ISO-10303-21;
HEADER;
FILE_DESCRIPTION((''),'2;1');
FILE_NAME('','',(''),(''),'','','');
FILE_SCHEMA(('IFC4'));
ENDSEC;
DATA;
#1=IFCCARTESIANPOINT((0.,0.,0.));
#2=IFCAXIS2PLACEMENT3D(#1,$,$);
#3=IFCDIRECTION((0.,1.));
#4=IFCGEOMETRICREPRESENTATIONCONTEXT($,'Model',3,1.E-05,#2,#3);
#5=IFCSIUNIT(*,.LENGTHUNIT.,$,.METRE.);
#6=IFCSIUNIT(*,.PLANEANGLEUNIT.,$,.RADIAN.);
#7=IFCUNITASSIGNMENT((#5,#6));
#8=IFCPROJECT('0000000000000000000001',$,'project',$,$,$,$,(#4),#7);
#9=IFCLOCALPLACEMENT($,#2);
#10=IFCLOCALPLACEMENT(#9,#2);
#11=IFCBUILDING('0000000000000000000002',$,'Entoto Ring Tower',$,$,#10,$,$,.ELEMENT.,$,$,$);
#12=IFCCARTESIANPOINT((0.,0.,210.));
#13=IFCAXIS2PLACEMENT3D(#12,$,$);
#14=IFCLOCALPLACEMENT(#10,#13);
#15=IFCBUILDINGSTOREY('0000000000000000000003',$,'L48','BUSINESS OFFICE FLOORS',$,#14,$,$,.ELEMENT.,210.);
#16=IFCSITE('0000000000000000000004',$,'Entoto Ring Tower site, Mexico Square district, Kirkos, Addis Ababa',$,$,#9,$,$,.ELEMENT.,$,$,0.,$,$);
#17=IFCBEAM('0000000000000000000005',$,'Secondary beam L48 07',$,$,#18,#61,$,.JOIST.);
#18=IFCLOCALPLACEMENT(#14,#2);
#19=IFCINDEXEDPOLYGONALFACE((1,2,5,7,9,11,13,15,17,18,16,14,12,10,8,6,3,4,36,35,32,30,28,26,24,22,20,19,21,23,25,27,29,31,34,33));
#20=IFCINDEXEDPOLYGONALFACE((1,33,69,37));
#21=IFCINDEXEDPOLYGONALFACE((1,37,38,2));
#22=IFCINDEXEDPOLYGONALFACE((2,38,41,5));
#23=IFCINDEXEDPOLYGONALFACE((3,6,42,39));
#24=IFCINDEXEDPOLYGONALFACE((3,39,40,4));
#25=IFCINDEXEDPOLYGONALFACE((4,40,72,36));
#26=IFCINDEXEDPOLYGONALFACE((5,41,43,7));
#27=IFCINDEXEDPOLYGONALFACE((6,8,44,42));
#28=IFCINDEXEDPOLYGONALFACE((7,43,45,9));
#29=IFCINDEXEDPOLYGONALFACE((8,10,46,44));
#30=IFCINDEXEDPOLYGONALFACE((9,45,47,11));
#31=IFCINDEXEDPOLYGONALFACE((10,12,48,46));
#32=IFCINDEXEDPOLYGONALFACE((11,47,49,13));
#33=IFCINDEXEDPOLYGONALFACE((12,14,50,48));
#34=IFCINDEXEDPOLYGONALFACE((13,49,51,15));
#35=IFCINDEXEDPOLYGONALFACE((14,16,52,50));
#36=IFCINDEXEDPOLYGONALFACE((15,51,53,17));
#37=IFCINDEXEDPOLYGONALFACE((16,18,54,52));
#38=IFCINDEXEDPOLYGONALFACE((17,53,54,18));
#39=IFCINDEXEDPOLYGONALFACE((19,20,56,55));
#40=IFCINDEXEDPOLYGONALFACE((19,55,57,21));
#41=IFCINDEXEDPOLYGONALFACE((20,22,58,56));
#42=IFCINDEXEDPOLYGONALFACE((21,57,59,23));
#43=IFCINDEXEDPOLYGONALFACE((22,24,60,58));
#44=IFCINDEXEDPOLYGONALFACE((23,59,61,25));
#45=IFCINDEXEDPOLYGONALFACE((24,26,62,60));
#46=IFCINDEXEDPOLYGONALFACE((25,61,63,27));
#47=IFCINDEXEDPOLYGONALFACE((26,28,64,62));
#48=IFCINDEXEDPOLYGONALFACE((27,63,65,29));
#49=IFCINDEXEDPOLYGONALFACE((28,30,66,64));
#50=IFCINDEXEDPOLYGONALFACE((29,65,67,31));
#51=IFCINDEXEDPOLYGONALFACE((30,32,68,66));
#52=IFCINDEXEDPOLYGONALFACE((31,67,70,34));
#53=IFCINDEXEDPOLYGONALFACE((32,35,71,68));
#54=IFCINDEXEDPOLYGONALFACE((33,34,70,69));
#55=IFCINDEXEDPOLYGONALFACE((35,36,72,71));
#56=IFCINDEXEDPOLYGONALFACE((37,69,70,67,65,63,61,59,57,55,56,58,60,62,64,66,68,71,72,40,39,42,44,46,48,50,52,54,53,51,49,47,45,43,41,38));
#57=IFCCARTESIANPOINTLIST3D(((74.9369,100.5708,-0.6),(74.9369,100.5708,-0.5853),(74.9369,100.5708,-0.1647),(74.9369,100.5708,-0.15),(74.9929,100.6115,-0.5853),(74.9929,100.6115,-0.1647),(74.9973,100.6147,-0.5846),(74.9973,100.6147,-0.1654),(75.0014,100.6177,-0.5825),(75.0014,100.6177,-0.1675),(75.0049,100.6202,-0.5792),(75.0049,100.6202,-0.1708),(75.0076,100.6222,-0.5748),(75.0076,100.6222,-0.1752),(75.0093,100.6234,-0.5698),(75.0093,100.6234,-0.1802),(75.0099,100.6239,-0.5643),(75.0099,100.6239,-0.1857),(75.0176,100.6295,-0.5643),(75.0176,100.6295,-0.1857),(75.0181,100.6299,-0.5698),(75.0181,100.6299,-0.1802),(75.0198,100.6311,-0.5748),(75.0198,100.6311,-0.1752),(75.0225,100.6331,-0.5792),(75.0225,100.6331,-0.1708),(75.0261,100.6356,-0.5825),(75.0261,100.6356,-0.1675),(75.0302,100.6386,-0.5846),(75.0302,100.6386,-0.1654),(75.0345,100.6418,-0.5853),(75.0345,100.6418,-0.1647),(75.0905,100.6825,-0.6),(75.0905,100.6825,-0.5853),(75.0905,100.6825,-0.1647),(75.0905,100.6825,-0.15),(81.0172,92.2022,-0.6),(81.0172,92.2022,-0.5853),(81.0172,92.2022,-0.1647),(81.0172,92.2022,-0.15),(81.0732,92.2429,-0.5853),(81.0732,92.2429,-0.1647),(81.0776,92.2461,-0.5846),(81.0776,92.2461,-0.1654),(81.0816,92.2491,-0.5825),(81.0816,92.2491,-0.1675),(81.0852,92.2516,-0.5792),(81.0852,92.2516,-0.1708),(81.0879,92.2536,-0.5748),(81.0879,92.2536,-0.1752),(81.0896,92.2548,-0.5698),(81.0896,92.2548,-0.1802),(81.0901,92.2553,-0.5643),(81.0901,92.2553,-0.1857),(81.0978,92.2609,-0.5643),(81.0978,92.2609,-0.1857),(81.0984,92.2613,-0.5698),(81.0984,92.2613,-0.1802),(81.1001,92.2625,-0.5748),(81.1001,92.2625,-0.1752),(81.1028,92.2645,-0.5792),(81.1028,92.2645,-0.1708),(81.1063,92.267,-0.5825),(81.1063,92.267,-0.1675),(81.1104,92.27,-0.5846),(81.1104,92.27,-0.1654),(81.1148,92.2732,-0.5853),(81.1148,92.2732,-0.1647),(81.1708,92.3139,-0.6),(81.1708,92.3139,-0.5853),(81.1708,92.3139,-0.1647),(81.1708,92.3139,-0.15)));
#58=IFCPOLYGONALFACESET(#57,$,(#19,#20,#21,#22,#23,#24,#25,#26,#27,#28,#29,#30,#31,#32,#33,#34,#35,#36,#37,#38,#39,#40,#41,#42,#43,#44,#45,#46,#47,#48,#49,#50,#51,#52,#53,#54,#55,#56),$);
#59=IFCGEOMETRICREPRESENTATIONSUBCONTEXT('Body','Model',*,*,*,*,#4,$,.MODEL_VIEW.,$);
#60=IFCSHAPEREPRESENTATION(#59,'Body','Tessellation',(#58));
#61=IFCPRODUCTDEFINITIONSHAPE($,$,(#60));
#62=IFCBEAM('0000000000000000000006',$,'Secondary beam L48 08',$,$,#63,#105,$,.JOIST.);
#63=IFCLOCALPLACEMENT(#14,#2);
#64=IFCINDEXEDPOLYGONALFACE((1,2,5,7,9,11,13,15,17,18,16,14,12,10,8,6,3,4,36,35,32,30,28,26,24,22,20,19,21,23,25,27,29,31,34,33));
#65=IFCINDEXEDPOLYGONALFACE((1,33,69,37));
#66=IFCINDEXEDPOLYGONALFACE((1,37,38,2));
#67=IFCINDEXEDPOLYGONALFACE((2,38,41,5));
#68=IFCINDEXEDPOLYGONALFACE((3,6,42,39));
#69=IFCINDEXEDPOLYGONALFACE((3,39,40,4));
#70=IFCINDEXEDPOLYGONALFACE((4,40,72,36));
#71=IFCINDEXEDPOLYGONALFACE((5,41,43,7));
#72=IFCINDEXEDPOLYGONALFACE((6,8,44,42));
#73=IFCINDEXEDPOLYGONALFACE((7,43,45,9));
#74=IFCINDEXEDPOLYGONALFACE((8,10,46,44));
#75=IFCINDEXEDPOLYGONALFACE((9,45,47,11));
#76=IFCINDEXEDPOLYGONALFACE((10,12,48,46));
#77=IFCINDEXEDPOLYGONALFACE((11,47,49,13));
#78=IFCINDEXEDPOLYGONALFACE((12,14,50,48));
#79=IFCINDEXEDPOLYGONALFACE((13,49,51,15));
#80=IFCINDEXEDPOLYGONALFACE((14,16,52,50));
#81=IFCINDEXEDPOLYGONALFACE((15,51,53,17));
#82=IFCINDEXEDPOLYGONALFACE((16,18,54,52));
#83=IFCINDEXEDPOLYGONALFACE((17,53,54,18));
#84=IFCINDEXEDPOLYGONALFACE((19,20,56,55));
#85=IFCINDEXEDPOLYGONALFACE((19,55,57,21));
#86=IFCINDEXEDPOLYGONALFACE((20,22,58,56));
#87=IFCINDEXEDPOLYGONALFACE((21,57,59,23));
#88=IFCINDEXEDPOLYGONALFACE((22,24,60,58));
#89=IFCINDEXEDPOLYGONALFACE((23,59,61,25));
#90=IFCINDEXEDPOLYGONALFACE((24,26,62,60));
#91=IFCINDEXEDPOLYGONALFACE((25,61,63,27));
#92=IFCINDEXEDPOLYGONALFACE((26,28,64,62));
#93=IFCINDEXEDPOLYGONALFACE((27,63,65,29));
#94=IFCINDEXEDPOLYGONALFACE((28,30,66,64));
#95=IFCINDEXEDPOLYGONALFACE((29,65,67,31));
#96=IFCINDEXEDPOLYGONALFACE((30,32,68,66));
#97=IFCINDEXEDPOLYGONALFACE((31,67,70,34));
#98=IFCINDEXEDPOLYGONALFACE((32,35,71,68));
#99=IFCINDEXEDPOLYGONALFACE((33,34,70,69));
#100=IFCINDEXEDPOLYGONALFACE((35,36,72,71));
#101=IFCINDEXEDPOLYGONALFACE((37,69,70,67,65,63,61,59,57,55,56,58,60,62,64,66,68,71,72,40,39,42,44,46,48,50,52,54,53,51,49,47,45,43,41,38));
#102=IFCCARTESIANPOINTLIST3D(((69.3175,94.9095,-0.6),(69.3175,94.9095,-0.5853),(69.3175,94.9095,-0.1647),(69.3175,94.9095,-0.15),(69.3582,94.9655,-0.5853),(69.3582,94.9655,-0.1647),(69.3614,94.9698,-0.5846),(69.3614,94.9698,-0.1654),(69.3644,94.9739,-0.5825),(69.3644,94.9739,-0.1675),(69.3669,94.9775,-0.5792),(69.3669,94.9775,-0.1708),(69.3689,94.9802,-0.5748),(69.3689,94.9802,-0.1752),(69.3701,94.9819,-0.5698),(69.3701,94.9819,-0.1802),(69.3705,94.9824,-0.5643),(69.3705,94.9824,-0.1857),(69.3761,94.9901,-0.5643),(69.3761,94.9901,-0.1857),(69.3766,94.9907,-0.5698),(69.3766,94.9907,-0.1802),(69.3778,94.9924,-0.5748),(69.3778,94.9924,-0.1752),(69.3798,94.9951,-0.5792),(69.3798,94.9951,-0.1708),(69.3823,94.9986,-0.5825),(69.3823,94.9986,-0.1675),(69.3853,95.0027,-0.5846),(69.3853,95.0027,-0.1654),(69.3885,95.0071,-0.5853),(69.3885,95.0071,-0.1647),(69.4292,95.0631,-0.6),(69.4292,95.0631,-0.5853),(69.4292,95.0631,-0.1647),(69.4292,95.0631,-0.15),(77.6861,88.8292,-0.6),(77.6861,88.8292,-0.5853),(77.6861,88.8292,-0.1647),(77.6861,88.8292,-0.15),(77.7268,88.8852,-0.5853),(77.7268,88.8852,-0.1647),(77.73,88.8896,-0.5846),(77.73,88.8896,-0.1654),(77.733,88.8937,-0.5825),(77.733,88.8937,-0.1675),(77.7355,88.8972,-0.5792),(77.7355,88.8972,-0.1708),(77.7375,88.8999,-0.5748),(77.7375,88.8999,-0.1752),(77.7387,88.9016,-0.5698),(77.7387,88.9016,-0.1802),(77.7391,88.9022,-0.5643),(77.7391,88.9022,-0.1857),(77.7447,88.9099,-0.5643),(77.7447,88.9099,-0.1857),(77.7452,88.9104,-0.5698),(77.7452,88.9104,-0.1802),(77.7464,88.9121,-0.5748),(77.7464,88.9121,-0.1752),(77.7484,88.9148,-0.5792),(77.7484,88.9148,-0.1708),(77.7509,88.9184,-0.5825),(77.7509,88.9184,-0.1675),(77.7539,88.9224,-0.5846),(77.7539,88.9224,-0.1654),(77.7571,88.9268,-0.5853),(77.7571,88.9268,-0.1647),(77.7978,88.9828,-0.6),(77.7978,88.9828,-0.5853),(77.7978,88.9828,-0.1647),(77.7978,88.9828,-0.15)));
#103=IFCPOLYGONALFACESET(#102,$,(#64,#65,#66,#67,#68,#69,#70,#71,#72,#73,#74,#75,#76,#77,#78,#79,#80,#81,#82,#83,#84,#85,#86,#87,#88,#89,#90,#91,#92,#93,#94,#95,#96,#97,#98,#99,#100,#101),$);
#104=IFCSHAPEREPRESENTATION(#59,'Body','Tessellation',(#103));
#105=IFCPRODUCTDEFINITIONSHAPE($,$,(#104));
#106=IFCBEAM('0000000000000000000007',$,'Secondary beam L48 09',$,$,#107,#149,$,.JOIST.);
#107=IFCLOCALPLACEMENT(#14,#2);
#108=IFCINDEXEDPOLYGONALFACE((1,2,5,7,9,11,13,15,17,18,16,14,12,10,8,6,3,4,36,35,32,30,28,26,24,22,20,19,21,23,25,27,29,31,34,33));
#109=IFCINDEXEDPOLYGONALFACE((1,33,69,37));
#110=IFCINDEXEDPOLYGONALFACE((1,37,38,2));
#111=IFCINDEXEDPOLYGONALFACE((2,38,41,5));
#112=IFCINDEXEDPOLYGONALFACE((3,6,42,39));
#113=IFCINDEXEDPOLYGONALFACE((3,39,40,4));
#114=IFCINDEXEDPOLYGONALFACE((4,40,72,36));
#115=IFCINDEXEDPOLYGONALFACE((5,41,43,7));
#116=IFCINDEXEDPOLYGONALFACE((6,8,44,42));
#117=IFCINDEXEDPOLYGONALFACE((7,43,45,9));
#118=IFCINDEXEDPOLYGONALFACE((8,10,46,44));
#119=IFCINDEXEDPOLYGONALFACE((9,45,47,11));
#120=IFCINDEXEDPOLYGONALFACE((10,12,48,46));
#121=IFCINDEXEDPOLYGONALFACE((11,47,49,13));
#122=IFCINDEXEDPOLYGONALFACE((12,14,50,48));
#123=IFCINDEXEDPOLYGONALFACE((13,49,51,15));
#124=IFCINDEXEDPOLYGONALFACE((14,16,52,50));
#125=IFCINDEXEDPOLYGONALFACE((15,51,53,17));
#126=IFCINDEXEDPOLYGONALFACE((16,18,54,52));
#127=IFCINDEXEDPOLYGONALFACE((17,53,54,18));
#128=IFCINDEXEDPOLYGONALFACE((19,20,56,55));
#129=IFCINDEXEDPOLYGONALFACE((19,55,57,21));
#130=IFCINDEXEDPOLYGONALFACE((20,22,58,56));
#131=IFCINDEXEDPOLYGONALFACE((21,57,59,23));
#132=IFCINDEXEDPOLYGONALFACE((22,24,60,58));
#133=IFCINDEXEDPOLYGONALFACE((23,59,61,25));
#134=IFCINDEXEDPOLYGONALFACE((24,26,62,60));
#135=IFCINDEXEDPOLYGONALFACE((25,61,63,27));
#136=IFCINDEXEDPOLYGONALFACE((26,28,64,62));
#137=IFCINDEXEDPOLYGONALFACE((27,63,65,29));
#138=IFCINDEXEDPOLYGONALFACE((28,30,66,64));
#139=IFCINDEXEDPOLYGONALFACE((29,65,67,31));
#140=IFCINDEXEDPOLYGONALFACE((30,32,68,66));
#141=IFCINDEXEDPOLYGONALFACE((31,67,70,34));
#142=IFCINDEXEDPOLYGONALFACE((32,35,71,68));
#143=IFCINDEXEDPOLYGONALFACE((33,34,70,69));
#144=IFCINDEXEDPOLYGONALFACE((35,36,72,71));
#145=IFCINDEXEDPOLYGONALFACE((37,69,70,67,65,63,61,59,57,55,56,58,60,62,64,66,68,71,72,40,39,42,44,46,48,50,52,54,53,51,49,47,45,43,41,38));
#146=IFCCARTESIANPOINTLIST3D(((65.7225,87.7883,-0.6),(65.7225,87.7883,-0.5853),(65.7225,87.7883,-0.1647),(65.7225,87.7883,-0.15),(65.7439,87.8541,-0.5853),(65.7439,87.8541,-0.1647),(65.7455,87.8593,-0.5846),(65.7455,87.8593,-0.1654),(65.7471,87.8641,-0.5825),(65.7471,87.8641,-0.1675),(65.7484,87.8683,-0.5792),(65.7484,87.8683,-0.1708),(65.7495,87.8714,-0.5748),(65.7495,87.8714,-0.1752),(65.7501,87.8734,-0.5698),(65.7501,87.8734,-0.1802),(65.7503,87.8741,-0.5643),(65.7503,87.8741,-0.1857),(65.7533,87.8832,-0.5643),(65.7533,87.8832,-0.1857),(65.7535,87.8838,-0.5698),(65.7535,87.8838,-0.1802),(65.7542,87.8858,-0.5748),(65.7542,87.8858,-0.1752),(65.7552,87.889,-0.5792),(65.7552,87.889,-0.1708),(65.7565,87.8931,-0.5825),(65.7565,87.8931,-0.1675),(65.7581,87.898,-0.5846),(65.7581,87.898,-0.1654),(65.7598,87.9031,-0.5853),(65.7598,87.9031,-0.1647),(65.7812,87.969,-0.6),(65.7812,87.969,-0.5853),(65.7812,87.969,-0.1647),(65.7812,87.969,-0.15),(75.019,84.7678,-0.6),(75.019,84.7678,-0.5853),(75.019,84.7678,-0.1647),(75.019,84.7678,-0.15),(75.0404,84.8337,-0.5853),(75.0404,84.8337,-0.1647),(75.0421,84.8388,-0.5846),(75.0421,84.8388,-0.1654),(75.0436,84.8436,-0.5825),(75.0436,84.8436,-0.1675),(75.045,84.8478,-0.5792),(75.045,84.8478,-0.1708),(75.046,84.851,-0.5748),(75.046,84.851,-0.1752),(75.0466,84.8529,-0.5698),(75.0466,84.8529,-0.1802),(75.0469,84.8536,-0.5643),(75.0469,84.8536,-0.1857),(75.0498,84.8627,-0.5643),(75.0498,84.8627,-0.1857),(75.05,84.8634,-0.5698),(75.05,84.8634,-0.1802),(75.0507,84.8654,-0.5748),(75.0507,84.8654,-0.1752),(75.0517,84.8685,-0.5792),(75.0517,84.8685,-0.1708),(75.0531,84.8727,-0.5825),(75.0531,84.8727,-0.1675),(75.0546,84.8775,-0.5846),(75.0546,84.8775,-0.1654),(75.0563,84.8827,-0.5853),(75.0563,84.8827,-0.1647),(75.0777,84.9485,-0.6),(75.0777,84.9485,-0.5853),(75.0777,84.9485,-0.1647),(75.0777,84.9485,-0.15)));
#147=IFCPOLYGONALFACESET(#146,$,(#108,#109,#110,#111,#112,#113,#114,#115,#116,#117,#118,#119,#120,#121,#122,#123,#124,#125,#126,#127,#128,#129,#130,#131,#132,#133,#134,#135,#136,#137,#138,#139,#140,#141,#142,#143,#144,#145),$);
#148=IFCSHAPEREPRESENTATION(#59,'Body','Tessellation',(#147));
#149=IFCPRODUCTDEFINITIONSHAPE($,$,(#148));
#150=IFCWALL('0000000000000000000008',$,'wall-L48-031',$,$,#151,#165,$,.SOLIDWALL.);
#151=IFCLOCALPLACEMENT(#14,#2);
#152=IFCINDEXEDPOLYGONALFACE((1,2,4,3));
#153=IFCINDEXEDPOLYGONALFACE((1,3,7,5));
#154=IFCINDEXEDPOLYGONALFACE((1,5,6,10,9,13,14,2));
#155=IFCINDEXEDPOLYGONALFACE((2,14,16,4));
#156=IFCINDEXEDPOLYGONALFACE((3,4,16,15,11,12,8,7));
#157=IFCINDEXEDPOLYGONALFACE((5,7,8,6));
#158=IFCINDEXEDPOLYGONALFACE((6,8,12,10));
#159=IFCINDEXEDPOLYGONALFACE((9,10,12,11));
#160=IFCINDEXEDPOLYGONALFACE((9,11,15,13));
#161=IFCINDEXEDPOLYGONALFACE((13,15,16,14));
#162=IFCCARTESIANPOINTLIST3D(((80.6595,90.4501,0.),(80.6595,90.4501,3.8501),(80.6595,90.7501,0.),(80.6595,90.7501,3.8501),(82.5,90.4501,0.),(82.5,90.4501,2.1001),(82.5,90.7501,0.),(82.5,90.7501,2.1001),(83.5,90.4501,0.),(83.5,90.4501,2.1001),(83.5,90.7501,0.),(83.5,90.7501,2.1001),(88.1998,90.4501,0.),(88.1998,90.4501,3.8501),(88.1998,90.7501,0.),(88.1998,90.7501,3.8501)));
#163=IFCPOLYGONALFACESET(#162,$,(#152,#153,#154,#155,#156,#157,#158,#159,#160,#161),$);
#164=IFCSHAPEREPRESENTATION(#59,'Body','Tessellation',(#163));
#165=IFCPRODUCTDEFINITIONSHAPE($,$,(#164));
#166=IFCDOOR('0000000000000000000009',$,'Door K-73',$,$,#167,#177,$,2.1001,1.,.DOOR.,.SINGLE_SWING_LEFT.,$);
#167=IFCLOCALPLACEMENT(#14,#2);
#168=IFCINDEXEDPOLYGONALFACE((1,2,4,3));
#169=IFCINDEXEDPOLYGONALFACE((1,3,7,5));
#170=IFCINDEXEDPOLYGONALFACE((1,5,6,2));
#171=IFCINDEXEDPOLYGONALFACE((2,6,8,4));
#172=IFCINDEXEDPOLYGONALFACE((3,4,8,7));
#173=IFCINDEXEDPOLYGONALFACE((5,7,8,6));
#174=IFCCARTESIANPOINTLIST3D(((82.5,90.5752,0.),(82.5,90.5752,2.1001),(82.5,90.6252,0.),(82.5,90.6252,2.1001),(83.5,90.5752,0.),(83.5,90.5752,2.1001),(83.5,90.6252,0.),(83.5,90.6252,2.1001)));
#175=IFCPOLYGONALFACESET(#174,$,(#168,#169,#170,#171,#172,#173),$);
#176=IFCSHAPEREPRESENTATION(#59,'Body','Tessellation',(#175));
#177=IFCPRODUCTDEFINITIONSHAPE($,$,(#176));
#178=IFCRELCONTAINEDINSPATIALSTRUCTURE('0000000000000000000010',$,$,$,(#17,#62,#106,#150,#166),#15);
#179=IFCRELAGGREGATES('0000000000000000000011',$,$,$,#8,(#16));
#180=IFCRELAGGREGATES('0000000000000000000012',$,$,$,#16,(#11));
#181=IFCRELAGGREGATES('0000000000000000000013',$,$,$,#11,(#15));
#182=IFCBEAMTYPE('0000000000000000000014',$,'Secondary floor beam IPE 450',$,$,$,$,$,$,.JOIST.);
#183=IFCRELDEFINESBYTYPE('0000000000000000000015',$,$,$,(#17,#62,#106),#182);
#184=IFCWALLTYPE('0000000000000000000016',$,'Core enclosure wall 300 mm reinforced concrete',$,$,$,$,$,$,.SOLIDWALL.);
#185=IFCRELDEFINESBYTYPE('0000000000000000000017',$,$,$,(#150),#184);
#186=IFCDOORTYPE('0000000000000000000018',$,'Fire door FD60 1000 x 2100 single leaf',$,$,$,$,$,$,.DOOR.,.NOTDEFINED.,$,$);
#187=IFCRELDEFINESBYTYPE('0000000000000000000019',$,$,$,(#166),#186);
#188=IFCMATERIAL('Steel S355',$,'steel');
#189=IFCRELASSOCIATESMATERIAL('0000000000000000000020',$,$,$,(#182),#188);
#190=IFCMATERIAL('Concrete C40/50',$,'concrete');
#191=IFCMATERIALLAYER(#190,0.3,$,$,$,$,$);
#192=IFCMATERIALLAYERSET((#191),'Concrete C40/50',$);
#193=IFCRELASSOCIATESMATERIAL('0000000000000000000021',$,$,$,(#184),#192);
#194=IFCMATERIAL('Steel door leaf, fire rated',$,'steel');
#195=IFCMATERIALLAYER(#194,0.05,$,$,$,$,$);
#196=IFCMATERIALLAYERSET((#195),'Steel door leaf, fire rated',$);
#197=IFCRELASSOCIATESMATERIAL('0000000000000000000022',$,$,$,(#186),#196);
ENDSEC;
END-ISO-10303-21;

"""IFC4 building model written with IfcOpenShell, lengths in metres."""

from ifc_helpers import new_model, si_unit, direction, frame, frame_2d, origin, origin_2d, place, context, subcontext, project, spatial, rectangle, i_section, extrude, material, layer, layer_set, material_profile, profile_set, type_object, element, fill, save


model = new_model("IFC4")

# Units and contexts
model_context = context("Model", 3, precision=1e-05, world=origin(), true_north=direction((0.0, 1.0)))
body_context = subcontext(model_context, "Body", "Model", "MODEL_VIEW")
ifc_project = project(units=[si_unit("LENGTHUNIT", "METRE"), si_unit("PLANEANGLEUNIT", "RADIAN")], contexts=[model_context])

# Site, building, storey
site_placement = place(None, origin())
site = spatial("IfcSite", under=ifc_project, at=site_placement, Name="Entoto Ring Tower site, Mexico Square district, Kirkos, Addis Ababa", CompositionType="ELEMENT", RefElevation=0.0)
building_placement = place(site_placement, origin())
building = spatial("IfcBuilding", under=site, at=building_placement, Name="Entoto Ring Tower", CompositionType="ELEMENT")
storey_placement = place(building_placement, frame((0.0, 0.0, 210.0)))
storey = spatial("IfcBuildingStorey", under=building, at=storey_placement, Name="L48", Description="BUSINESS OFFICE FLOORS", CompositionType="ELEMENT", Elevation=210.0)

# Beams
ifc_material_1 = material(Name="Steel S355", Category="steel")
ifc_material_profile_1 = material_profile(ifc_material_1, i_section(OverallWidth=0.1899, OverallDepth=0.45, WebThickness=0.0095, FlangeThickness=0.0146, FilletRadius=0.021, at=origin_2d()), Name="IPE 450")
ifc_profile_set_1 = profile_set([ifc_material_profile_1], Name="Steel S355")
beam_type_1 = type_object("IfcBeamType", Name="Secondary floor beam IPE 450", PredefinedType="JOIST", material=ifc_profile_set_1)
for number, where, z_axis, x_axis, name in (
    (1, (81.094, 92.2581, -0.375), (-0.587794, 0.809011, 0.0), (-0.809011, -0.587794, 0.0), "Secondary beam L48 07"),
    (2, (77.7419, 88.906, -0.375), (-0.809011, 0.587794, 0.0), (-0.587794, -0.809011, 0.0), "Secondary beam L48 08"),
):
    element("IfcBeam", number, at=place(storey_placement, frame(where, z_axis=z_axis, x_axis=x_axis)), inside=storey, type_object=beam_type_1, Name=name, PredefinedType="JOIST", context=body_context, shape_type="SweptSolid", body=[
        extrude(i_section(OverallWidth=0.1899, OverallDepth=0.45, WebThickness=0.0095, FlangeThickness=0.0146, FilletRadius=0.021, at=origin_2d()), origin(), (0.0, 0.0, 1.0), 10.3442),
    ])
beam_1_placement = place(storey_placement, frame((75.0483, 84.8582, -0.375), z_axis=(-0.951061, 0.309003, 0.0), x_axis=(-0.309003, -0.951061, 0.0)))
element("IfcBeam", 3, at=beam_1_placement, inside=storey, type_object=beam_type_1, Name="Secondary beam L48 09", PredefinedType="JOIST", context=body_context, shape_type="SweptSolid", body=[
    extrude(i_section(OverallWidth=0.1899, OverallDepth=0.45, WebThickness=0.0095, FlangeThickness=0.0146, FilletRadius=0.021, at=origin_2d()), origin(), (0.0, 0.0, 1.0), 9.7749),
])

# Wall, opening, door
ifc_material_2 = material(Name="Concrete C40/50", Category="concrete")
ifc_layer_1 = layer(ifc_material_2, 0.3)
ifc_layer_set_1 = layer_set([ifc_layer_1], Name="Concrete C40/50")
wall_type_1 = type_object("IfcWallType", Name="Core enclosure wall 300 mm reinforced concrete", PredefinedType="SOLIDWALL", material=ifc_layer_set_1)
wall_1_placement = place(storey_placement, frame((80.6597, 90.6001, 0.0), z_axis=(0.0, 0.0, 1.0), x_axis=(1.0, 0.0, 0.0)))
wall_1 = element("IfcWall", 4, at=wall_1_placement, inside=storey, type_object=wall_type_1, Name="wall-L48-031", PredefinedType="SOLIDWALL", context=body_context, shape_type="SweptSolid", body=[
    extrude(rectangle(XDim=7.5403, YDim=0.3, at=frame_2d((3.77, 0.0))), origin(), (0.0, 0.0, 1.0), 3.8501),
])
opening_1_placement = place(wall_1_placement, frame((1.8403, 0.0, 0.0)))
opening_1 = element("IfcOpeningElement", 5, at=opening_1_placement, cuts=wall_1, PredefinedType="OPENING", context=body_context, shape_type="SweptSolid", body=[
    extrude(rectangle(XDim=1.0, YDim=2.1001, at=frame_2d((0.5, 1.05))), frame((0.0, 0.1602, 0.0), z_axis=(0.0, -1.0, 0.0), x_axis=(1.0, 0.0, 0.0)), (0.0, 0.0, 1.0), 0.3201),
])
ifc_material_3 = material(Name="Steel door leaf, fire rated", Category="steel")
ifc_layer_2 = layer(ifc_material_3, 0.05)
ifc_layer_set_2 = layer_set([ifc_layer_2], Name="Steel door leaf, fire rated")
door_type_1 = type_object("IfcDoorType", Name="Fire door FD60 1000 x 2100 single leaf", OperationType="NOTDEFINED", PredefinedType="DOOR", material=ifc_layer_set_2)
door_1_placement = place(opening_1_placement, frame((1.0, 0.0, 0.0), z_axis=(0.0, 0.0, 1.0), x_axis=(-1.0, 0.0, 0.0)))
door_1 = element("IfcDoor", 6, at=door_1_placement, inside=storey, type_object=door_type_1, Name="Door K-73", OperationType="SINGLE_SWING_LEFT", OverallHeight=2.1001, OverallWidth=1.0, PredefinedType="DOOR", context=body_context, shape_type="SweptSolid", body=[
    extrude(rectangle(XDim=1.0, YDim=2.1001, at=frame_2d((0.5, 1.05))), frame((0.0, 0.0249, 0.0), z_axis=(0.0, -1.0, 0.0), x_axis=(1.0, 0.0, 0.0)), (0.0, 0.0, 1.0), 0.05),
])
fill(opening_1, door_1)

save(model, "model.ifc")
